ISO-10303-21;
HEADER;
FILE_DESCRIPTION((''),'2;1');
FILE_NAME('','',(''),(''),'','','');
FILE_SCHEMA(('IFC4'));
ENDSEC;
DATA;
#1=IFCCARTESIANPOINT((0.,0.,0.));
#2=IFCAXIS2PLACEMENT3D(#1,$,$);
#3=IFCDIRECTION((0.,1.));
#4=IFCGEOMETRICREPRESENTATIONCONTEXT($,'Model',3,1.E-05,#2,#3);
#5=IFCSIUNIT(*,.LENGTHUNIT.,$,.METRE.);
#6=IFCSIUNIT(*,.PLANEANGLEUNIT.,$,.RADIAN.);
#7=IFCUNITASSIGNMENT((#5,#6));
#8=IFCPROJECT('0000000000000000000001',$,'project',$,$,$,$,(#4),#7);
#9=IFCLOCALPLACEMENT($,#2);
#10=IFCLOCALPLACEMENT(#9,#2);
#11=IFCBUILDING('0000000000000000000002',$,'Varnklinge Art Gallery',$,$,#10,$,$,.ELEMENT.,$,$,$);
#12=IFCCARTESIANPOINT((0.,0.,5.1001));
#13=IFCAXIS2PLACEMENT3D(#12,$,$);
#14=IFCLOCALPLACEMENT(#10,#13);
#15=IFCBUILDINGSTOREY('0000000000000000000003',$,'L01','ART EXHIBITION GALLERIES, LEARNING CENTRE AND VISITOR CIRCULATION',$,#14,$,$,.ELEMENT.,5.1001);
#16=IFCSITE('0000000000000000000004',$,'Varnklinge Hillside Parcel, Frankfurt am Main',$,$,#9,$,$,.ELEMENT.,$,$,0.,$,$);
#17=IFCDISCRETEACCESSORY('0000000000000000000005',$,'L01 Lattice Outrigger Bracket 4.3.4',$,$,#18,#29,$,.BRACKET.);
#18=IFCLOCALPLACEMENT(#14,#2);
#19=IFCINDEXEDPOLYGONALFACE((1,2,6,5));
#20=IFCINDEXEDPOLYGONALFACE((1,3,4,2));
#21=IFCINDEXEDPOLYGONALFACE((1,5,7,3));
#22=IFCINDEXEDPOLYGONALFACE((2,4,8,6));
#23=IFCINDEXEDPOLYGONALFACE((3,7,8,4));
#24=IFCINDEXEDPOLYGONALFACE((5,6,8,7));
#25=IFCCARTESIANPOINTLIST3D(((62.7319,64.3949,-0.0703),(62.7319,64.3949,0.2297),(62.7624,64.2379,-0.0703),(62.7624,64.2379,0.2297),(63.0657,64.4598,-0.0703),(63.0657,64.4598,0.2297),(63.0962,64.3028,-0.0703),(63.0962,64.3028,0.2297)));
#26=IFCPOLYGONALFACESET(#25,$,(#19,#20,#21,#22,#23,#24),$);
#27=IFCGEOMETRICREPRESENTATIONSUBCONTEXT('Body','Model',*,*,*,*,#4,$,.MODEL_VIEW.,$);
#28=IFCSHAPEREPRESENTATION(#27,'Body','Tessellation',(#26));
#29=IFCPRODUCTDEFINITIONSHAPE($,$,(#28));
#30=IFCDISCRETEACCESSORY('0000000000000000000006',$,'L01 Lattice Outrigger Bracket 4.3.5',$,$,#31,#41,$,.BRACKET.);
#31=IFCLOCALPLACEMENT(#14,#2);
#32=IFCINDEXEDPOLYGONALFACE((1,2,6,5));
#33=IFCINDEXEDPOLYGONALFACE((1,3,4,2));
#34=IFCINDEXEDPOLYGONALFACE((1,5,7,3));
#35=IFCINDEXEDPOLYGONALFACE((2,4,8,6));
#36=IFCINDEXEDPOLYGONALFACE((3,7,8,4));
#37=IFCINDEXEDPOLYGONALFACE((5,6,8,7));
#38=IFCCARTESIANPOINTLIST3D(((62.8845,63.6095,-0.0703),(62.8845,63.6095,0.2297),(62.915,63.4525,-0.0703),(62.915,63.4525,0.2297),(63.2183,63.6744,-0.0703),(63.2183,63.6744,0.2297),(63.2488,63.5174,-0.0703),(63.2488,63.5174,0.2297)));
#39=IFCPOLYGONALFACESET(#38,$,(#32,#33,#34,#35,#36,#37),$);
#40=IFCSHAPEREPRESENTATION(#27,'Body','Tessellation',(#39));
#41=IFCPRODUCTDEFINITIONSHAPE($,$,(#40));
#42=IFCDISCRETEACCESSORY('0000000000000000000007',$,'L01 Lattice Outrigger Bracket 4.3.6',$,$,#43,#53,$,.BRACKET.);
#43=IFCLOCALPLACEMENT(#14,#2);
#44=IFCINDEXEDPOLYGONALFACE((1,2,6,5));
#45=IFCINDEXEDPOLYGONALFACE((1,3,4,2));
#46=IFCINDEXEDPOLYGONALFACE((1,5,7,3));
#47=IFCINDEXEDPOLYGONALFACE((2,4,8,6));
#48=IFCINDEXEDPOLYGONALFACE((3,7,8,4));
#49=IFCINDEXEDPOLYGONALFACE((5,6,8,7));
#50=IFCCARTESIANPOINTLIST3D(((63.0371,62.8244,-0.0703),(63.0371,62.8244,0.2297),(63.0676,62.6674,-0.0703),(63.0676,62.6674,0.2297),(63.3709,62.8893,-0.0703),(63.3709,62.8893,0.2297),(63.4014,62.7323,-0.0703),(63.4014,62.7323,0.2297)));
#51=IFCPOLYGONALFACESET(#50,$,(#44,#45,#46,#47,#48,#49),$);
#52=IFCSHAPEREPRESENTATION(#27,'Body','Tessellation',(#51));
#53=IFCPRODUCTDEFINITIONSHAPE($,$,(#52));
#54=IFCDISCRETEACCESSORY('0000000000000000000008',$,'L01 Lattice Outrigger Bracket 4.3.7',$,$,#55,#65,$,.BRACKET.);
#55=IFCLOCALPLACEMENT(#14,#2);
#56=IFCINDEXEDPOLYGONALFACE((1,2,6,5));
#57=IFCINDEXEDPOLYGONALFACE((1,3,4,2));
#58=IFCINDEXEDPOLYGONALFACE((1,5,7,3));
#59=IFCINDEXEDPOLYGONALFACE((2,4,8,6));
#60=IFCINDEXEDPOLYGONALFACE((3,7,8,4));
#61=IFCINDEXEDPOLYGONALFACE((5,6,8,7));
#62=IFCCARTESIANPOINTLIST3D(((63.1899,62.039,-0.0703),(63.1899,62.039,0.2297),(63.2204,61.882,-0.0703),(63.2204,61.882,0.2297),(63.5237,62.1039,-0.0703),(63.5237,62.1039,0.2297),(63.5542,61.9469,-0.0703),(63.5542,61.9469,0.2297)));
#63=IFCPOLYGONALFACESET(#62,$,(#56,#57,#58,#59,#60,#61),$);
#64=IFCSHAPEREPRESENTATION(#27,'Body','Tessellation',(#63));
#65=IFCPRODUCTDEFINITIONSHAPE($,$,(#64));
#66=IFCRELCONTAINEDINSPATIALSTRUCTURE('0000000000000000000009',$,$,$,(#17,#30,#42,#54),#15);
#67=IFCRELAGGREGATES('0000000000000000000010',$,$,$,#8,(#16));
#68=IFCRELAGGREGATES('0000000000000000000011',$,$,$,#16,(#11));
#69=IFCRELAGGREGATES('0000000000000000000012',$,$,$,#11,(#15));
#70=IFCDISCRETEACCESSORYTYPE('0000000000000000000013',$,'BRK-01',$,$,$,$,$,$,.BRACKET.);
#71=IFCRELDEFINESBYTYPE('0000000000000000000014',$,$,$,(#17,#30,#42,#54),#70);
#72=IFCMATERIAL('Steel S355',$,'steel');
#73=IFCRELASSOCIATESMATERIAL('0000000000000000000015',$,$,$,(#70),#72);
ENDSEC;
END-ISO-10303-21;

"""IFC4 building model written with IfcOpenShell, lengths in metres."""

from ifc_helpers import new_model, si_unit, direction, frame, origin, origin_2d, place, context, subcontext, project, spatial, rectangle, extrude, material, type_object, element, save


model = new_model("IFC4")

# Units and contexts
model_context = context("Model", 3, precision=1e-05, world=origin(), true_north=direction((0.0, 1.0)))
body_context = subcontext(model_context, "Body", "Model", "MODEL_VIEW")
ifc_project = project(units=[si_unit("LENGTHUNIT", "METRE"), si_unit("PLANEANGLEUNIT", "RADIAN")], contexts=[model_context])

# Site, building, storey
site_placement = place(None, origin())
site = spatial("IfcSite", under=ifc_project, at=site_placement, Name="Varnklinge Hillside Parcel, Frankfurt am Main", CompositionType="ELEMENT", RefElevation=0.0)
building_placement = place(site_placement, origin())
building = spatial("IfcBuilding", under=site, at=building_placement, Name="Varnklinge Art Gallery", CompositionType="ELEMENT")
storey_placement = place(building_placement, frame((0.0, 0.0, 5.1001)))
storey = spatial("IfcBuildingStorey", under=building, at=storey_placement, Name="L01", Description="ART EXHIBITION GALLERIES, LEARNING CENTRE AND VISITOR CIRCULATION", CompositionType="ELEMENT", Elevation=5.1001)

# Discrete accessories
ifc_material_1 = material(Name="Steel S355", Category="steel")
discrete_accessory_type = type_object("IfcDiscreteAccessoryType", Name="BRK-01", PredefinedType="BRACKET", material=ifc_material_1)
for number, where, z_axis, x_axis, name in (
    (1, (62.9141, 64.3489, -0.0703), (0.0, 0.0, 1.0), (0.190809, -0.981627, 0.0), "L01 Lattice Outrigger Bracket 4.3.4"),
    (2, (63.0667, 63.5635, -0.0703), (0.0, 0.0, 1.0), (0.190809, -0.981627, 0.0), "L01 Lattice Outrigger Bracket 4.3.5"),
    (3, (63.2192, 62.7783, -0.0703), (0.0, 0.0, 1.0), (0.190809, -0.981627, 0.0), "L01 Lattice Outrigger Bracket 4.3.6"),
    (4, (63.3721, 61.9929, -0.0703), (0.0, 0.0, 1.0), (0.190809, -0.981627, 0.0), "L01 Lattice Outrigger Bracket 4.3.7"),
):
    element("IfcDiscreteAccessory", number, at=place(storey_placement, frame(where, z_axis=z_axis, x_axis=x_axis)), inside=storey, type_object=discrete_accessory_type, Name=name, PredefinedType="BRACKET", context=body_context, shape_type="SweptSolid", body=[
        extrude(rectangle(XDim=0.1599, YDim=0.3401, at=origin_2d()), origin(), (0.0, 0.0, 1.0), 0.3),
    ])

save(model, "model.ifc")
